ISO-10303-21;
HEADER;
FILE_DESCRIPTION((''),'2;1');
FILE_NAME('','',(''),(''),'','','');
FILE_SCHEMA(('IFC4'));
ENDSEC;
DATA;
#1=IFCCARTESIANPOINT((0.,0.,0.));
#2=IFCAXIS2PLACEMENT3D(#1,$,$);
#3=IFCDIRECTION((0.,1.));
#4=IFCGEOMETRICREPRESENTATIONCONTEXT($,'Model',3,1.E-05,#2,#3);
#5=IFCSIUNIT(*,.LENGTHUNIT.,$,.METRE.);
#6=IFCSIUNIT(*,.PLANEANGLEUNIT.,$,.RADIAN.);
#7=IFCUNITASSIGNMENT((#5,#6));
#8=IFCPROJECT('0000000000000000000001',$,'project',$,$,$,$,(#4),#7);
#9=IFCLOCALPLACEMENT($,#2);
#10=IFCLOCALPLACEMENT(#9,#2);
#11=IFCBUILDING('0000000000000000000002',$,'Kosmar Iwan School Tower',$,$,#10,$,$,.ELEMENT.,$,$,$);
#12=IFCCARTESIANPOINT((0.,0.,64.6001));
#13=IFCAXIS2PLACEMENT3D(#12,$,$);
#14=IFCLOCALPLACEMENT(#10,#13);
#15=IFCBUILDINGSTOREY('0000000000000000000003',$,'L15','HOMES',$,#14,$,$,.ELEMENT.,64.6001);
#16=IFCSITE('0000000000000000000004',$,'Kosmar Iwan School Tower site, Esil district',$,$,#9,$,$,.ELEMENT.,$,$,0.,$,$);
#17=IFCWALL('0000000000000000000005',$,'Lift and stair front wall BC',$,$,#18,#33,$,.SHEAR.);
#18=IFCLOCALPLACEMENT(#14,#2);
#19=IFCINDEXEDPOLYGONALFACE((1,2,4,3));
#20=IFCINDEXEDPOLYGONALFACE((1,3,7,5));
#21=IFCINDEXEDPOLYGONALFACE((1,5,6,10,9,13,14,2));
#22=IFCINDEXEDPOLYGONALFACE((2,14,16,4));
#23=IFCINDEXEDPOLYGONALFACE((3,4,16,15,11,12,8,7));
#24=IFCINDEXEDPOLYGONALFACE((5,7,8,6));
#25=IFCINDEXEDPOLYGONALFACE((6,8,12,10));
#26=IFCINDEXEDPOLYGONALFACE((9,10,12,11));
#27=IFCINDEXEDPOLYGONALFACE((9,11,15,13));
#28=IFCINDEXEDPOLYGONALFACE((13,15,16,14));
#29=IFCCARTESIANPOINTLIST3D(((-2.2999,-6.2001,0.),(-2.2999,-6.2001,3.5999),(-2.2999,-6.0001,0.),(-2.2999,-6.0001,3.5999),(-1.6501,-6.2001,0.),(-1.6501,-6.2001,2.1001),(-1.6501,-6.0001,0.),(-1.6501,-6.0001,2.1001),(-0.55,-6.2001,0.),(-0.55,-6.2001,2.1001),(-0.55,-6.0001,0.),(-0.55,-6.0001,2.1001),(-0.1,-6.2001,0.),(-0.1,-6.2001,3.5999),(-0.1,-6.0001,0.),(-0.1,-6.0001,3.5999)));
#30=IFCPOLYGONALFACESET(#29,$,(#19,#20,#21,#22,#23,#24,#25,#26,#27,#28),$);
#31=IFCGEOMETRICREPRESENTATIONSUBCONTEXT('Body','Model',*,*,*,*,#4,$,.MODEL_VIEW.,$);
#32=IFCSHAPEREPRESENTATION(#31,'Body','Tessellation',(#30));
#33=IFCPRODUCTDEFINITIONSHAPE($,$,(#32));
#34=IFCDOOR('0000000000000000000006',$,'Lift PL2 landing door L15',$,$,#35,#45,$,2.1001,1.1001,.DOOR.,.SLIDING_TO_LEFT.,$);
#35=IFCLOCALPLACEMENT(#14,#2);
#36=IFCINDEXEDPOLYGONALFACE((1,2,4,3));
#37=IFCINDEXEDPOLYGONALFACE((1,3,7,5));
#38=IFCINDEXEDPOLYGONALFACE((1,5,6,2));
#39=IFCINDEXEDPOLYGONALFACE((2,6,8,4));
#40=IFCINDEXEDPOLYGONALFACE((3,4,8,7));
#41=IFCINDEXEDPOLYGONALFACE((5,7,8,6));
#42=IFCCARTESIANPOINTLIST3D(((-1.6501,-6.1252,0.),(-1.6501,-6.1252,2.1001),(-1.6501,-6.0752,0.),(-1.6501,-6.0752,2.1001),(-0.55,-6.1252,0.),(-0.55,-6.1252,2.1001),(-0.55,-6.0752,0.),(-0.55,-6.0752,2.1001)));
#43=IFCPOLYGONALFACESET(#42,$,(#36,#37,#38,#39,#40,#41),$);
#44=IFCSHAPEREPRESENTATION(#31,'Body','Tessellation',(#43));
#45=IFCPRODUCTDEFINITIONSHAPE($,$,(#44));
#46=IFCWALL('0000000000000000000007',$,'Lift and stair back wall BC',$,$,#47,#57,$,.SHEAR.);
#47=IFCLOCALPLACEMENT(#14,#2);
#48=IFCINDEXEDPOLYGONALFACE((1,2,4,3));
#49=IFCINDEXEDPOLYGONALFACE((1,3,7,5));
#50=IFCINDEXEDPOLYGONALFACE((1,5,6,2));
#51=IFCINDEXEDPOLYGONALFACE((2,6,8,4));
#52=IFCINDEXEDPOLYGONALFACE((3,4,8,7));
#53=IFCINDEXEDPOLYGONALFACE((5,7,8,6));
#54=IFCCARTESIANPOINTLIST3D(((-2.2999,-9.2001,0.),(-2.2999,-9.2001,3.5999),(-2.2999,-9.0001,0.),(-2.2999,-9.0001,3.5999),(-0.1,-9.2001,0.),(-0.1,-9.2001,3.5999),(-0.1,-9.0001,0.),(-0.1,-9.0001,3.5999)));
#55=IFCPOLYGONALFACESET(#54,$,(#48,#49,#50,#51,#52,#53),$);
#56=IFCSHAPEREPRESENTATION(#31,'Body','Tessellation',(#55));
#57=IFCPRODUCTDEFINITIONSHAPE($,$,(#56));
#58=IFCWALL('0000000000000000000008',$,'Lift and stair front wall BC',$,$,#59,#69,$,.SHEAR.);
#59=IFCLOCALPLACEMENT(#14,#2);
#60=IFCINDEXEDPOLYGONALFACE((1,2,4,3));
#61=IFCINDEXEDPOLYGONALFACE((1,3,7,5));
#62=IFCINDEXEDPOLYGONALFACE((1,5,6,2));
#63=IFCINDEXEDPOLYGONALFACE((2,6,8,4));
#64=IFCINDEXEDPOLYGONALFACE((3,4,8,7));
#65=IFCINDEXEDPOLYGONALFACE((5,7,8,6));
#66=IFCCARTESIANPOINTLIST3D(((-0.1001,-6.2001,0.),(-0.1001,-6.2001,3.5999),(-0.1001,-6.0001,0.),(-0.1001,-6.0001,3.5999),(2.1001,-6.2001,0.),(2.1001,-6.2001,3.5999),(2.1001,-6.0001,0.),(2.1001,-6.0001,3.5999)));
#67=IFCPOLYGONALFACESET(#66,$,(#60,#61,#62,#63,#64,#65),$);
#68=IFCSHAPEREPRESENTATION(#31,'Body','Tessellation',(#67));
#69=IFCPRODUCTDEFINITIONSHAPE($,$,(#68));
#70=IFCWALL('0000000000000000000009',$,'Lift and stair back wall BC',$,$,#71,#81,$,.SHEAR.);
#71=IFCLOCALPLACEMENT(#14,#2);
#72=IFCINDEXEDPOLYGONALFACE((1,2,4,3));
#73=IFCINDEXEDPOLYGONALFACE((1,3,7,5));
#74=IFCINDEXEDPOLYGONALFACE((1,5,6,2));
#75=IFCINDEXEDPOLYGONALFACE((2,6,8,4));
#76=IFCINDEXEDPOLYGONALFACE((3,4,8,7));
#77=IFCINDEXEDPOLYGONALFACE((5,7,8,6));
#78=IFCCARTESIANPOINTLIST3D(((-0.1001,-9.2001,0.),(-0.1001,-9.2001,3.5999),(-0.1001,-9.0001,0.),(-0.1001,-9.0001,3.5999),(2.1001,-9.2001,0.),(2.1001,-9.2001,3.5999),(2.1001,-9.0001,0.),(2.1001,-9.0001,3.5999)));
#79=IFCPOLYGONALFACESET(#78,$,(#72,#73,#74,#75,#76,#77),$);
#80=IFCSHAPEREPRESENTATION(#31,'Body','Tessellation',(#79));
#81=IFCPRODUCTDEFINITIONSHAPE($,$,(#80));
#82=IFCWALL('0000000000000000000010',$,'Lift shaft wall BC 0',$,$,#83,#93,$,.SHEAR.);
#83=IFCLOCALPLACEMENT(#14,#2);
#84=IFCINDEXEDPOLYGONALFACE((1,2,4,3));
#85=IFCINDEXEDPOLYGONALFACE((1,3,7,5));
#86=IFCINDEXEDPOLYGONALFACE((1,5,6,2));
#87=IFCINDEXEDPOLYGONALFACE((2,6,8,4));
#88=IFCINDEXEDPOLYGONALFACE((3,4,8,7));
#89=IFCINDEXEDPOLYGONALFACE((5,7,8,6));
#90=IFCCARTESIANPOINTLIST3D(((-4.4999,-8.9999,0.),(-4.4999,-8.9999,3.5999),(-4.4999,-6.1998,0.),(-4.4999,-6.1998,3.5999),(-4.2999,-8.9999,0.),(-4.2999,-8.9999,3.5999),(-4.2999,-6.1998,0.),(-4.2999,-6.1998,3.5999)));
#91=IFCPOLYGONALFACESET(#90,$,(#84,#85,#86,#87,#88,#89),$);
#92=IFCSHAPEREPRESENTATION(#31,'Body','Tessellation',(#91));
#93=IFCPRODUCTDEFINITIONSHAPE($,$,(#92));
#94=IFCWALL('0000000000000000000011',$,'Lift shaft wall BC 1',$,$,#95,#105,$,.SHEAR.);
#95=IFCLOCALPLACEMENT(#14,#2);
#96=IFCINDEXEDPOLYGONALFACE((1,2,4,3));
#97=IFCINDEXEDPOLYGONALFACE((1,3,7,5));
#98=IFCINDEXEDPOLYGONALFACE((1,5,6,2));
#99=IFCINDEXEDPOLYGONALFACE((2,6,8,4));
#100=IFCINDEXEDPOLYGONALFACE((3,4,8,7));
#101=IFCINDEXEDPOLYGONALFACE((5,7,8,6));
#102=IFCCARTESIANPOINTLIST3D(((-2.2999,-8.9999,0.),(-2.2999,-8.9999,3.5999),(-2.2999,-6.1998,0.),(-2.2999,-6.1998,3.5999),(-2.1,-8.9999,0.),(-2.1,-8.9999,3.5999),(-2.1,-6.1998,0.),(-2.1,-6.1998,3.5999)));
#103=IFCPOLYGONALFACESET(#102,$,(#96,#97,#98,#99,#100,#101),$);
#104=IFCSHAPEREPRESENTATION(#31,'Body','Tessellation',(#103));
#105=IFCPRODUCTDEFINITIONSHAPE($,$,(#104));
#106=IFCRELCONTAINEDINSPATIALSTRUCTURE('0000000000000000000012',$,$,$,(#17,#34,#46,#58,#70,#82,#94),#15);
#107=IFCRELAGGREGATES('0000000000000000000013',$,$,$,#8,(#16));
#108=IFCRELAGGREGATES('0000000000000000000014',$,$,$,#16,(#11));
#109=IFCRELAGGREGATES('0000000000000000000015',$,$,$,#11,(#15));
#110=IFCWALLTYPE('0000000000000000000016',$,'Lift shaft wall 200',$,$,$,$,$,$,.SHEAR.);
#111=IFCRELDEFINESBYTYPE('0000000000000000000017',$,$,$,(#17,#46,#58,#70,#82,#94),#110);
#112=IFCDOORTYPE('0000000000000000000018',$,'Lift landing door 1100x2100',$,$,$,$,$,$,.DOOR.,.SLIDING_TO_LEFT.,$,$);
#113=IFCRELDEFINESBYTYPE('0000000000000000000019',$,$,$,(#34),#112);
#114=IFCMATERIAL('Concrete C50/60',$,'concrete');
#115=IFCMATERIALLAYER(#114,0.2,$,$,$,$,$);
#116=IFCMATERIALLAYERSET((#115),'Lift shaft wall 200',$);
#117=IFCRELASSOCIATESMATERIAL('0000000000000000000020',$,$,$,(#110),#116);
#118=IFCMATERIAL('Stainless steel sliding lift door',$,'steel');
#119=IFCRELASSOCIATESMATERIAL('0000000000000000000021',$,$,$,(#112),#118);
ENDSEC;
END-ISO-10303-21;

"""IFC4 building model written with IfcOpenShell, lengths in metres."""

from ifc_helpers import new_model, si_unit, direction, frame, frame_2d, origin, place, context, subcontext, project, spatial, rectangle, extrude, material, layer, layer_set, type_object, element, fill, save


model = new_model("IFC4")

# Units and contexts
model_context = context("Model", 3, precision=1e-05, world=origin(), true_north=direction((0.0, 1.0)))
body_context = subcontext(model_context, "Body", "Model", "MODEL_VIEW")
ifc_project = project(units=[si_unit("LENGTHUNIT", "METRE"), si_unit("PLANEANGLEUNIT", "RADIAN")], contexts=[model_context])

# Site, building, storey
site_placement = place(None, origin())
site = spatial("IfcSite", under=ifc_project, at=site_placement, Name="Kosmar Iwan School Tower site, Esil district", CompositionType="ELEMENT", RefElevation=0.0)
building_placement = place(site_placement, origin())
building = spatial("IfcBuilding", under=site, at=building_placement, Name="Kosmar Iwan School Tower", CompositionType="ELEMENT")
storey_placement = place(building_placement, frame((0.0, 0.0, 64.6001)))
storey = spatial("IfcBuildingStorey", under=building, at=storey_placement, Name="L15", Description="HOMES", CompositionType="ELEMENT", Elevation=64.6001)

# Shared definitions
ifc_material_1 = material(Name="Concrete C50/60", Category="concrete")
ifc_layer_1 = layer(ifc_material_1, 0.2)
ifc_layer_set_1 = layer_set([ifc_layer_1], Name="Lift shaft wall 200")
wall_type_1 = type_object("IfcWallType", Name="Lift shaft wall 200", PredefinedType="SHEAR", material=ifc_layer_set_1)
ifc_material_2 = material(Name="Stainless steel sliding lift door", Category="steel")
door_type_1 = type_object("IfcDoorType", Name="Lift landing door 1100x2100", OperationType="SLIDING_TO_LEFT", PredefinedType="DOOR", material=ifc_material_2)

# Wall, opening, door
wall_1_placement = place(storey_placement, frame((-2.3, -6.1001, 0.0), z_axis=(0.0, 0.0, 1.0), x_axis=(1.0, 0.0, 0.0)))
wall_1 = element("IfcWall", 1, at=wall_1_placement, inside=storey, type_object=wall_type_1, Name="Lift and stair front wall BC", PredefinedType="SHEAR", context=body_context, shape_type="SweptSolid", body=[
    extrude(rectangle(XDim=2.2, YDim=0.2, at=frame_2d((1.1001, 0.0))), origin(), (0.0, 0.0, 1.0), 3.5999),
])
opening_1_placement = place(wall_1_placement, frame((0.6499, 0.0, 0.0)))
opening_1 = element("IfcOpeningElement", 2, at=opening_1_placement, cuts=wall_1, PredefinedType="OPENING", context=body_context, shape_type="SweptSolid", body=[
    extrude(rectangle(XDim=1.1001, YDim=2.1001, at=frame_2d((0.55, 1.05))), frame((0.0, 0.1121, 0.0), z_axis=(0.0, -1.0, 0.0), x_axis=(1.0, 0.0, 0.0)), (0.0, 0.0, 1.0), 0.2239),
])
door_1_placement = place(opening_1_placement, origin())
door_1 = element("IfcDoor", 3, at=door_1_placement, inside=storey, type_object=door_type_1, Name="Lift PL2 landing door L15", OperationType="SLIDING_TO_LEFT", OverallHeight=2.1001, OverallWidth=1.1001, PredefinedType="DOOR", context=body_context, shape_type="SweptSolid", body=[
    extrude(rectangle(XDim=1.1001, YDim=2.1001, at=frame_2d((0.55, 1.05))), frame((0.0, 0.0249, 0.0), z_axis=(0.0, -1.0, 0.0), x_axis=(1.0, 0.0, 0.0)), (0.0, 0.0, 1.0), 0.05),
])
fill(opening_1, door_1)

# Walls
wall_2_placement = place(storey_placement, frame((-2.3, -9.1001, 0.0), z_axis=(0.0, 0.0, 1.0), x_axis=(1.0, 0.0, 0.0)))
element("IfcWall", 4, at=wall_2_placement, inside=storey, type_object=wall_type_1, Name="Lift and stair back wall BC", PredefinedType="SHEAR", context=body_context, shape_type="SweptSolid", body=[
    extrude(rectangle(XDim=2.2, YDim=0.2, at=frame_2d((1.1001, 0.0))), origin(), (0.0, 0.0, 1.0), 3.5999),
])
for number, where, z_axis, x_axis, name in (
    (5, (-0.1001, -6.1001, 0.0), (0.0, 0.0, 1.0), (1.0, 0.0, 0.0), "Lift and stair front wall BC"),
    (6, (-0.1001, -9.1001, 0.0), (0.0, 0.0, 1.0), (1.0, 0.0, 0.0), "Lift and stair back wall BC"),
):
    element("IfcWall", number, at=place(storey_placement, frame(where, z_axis=z_axis, x_axis=x_axis)), inside=storey, type_object=wall_type_1, Name=name, PredefinedType="SHEAR", context=body_context, shape_type="SweptSolid", body=[
        extrude(rectangle(XDim=2.2002, YDim=0.2, at=frame_2d((1.1001, 0.0))), origin(), (0.0, 0.0, 1.0), 3.5999),
    ])
for number, where, z_axis, x_axis, name in (
    (7, (-4.3999, -6.2, 0.0), (0.0, 0.0, 1.0), (0.0, -1.0, 0.0), "Lift shaft wall BC 0"),
    (8, (-2.2, -6.2, 0.0), (0.0, 0.0, 1.0), (0.0, -1.0, 0.0), "Lift shaft wall BC 1"),
):
    element("IfcWall", number, at=place(storey_placement, frame(where, z_axis=z_axis, x_axis=x_axis)), inside=storey, type_object=wall_type_1, Name=name, PredefinedType="SHEAR", context=body_context, shape_type="SweptSolid", body=[
        extrude(rectangle(XDim=2.8, YDim=0.2, at=frame_2d((1.3999, 0.0))), origin(), (0.0, 0.0, 1.0), 3.5999),
    ])

save(model, "model.ifc")
